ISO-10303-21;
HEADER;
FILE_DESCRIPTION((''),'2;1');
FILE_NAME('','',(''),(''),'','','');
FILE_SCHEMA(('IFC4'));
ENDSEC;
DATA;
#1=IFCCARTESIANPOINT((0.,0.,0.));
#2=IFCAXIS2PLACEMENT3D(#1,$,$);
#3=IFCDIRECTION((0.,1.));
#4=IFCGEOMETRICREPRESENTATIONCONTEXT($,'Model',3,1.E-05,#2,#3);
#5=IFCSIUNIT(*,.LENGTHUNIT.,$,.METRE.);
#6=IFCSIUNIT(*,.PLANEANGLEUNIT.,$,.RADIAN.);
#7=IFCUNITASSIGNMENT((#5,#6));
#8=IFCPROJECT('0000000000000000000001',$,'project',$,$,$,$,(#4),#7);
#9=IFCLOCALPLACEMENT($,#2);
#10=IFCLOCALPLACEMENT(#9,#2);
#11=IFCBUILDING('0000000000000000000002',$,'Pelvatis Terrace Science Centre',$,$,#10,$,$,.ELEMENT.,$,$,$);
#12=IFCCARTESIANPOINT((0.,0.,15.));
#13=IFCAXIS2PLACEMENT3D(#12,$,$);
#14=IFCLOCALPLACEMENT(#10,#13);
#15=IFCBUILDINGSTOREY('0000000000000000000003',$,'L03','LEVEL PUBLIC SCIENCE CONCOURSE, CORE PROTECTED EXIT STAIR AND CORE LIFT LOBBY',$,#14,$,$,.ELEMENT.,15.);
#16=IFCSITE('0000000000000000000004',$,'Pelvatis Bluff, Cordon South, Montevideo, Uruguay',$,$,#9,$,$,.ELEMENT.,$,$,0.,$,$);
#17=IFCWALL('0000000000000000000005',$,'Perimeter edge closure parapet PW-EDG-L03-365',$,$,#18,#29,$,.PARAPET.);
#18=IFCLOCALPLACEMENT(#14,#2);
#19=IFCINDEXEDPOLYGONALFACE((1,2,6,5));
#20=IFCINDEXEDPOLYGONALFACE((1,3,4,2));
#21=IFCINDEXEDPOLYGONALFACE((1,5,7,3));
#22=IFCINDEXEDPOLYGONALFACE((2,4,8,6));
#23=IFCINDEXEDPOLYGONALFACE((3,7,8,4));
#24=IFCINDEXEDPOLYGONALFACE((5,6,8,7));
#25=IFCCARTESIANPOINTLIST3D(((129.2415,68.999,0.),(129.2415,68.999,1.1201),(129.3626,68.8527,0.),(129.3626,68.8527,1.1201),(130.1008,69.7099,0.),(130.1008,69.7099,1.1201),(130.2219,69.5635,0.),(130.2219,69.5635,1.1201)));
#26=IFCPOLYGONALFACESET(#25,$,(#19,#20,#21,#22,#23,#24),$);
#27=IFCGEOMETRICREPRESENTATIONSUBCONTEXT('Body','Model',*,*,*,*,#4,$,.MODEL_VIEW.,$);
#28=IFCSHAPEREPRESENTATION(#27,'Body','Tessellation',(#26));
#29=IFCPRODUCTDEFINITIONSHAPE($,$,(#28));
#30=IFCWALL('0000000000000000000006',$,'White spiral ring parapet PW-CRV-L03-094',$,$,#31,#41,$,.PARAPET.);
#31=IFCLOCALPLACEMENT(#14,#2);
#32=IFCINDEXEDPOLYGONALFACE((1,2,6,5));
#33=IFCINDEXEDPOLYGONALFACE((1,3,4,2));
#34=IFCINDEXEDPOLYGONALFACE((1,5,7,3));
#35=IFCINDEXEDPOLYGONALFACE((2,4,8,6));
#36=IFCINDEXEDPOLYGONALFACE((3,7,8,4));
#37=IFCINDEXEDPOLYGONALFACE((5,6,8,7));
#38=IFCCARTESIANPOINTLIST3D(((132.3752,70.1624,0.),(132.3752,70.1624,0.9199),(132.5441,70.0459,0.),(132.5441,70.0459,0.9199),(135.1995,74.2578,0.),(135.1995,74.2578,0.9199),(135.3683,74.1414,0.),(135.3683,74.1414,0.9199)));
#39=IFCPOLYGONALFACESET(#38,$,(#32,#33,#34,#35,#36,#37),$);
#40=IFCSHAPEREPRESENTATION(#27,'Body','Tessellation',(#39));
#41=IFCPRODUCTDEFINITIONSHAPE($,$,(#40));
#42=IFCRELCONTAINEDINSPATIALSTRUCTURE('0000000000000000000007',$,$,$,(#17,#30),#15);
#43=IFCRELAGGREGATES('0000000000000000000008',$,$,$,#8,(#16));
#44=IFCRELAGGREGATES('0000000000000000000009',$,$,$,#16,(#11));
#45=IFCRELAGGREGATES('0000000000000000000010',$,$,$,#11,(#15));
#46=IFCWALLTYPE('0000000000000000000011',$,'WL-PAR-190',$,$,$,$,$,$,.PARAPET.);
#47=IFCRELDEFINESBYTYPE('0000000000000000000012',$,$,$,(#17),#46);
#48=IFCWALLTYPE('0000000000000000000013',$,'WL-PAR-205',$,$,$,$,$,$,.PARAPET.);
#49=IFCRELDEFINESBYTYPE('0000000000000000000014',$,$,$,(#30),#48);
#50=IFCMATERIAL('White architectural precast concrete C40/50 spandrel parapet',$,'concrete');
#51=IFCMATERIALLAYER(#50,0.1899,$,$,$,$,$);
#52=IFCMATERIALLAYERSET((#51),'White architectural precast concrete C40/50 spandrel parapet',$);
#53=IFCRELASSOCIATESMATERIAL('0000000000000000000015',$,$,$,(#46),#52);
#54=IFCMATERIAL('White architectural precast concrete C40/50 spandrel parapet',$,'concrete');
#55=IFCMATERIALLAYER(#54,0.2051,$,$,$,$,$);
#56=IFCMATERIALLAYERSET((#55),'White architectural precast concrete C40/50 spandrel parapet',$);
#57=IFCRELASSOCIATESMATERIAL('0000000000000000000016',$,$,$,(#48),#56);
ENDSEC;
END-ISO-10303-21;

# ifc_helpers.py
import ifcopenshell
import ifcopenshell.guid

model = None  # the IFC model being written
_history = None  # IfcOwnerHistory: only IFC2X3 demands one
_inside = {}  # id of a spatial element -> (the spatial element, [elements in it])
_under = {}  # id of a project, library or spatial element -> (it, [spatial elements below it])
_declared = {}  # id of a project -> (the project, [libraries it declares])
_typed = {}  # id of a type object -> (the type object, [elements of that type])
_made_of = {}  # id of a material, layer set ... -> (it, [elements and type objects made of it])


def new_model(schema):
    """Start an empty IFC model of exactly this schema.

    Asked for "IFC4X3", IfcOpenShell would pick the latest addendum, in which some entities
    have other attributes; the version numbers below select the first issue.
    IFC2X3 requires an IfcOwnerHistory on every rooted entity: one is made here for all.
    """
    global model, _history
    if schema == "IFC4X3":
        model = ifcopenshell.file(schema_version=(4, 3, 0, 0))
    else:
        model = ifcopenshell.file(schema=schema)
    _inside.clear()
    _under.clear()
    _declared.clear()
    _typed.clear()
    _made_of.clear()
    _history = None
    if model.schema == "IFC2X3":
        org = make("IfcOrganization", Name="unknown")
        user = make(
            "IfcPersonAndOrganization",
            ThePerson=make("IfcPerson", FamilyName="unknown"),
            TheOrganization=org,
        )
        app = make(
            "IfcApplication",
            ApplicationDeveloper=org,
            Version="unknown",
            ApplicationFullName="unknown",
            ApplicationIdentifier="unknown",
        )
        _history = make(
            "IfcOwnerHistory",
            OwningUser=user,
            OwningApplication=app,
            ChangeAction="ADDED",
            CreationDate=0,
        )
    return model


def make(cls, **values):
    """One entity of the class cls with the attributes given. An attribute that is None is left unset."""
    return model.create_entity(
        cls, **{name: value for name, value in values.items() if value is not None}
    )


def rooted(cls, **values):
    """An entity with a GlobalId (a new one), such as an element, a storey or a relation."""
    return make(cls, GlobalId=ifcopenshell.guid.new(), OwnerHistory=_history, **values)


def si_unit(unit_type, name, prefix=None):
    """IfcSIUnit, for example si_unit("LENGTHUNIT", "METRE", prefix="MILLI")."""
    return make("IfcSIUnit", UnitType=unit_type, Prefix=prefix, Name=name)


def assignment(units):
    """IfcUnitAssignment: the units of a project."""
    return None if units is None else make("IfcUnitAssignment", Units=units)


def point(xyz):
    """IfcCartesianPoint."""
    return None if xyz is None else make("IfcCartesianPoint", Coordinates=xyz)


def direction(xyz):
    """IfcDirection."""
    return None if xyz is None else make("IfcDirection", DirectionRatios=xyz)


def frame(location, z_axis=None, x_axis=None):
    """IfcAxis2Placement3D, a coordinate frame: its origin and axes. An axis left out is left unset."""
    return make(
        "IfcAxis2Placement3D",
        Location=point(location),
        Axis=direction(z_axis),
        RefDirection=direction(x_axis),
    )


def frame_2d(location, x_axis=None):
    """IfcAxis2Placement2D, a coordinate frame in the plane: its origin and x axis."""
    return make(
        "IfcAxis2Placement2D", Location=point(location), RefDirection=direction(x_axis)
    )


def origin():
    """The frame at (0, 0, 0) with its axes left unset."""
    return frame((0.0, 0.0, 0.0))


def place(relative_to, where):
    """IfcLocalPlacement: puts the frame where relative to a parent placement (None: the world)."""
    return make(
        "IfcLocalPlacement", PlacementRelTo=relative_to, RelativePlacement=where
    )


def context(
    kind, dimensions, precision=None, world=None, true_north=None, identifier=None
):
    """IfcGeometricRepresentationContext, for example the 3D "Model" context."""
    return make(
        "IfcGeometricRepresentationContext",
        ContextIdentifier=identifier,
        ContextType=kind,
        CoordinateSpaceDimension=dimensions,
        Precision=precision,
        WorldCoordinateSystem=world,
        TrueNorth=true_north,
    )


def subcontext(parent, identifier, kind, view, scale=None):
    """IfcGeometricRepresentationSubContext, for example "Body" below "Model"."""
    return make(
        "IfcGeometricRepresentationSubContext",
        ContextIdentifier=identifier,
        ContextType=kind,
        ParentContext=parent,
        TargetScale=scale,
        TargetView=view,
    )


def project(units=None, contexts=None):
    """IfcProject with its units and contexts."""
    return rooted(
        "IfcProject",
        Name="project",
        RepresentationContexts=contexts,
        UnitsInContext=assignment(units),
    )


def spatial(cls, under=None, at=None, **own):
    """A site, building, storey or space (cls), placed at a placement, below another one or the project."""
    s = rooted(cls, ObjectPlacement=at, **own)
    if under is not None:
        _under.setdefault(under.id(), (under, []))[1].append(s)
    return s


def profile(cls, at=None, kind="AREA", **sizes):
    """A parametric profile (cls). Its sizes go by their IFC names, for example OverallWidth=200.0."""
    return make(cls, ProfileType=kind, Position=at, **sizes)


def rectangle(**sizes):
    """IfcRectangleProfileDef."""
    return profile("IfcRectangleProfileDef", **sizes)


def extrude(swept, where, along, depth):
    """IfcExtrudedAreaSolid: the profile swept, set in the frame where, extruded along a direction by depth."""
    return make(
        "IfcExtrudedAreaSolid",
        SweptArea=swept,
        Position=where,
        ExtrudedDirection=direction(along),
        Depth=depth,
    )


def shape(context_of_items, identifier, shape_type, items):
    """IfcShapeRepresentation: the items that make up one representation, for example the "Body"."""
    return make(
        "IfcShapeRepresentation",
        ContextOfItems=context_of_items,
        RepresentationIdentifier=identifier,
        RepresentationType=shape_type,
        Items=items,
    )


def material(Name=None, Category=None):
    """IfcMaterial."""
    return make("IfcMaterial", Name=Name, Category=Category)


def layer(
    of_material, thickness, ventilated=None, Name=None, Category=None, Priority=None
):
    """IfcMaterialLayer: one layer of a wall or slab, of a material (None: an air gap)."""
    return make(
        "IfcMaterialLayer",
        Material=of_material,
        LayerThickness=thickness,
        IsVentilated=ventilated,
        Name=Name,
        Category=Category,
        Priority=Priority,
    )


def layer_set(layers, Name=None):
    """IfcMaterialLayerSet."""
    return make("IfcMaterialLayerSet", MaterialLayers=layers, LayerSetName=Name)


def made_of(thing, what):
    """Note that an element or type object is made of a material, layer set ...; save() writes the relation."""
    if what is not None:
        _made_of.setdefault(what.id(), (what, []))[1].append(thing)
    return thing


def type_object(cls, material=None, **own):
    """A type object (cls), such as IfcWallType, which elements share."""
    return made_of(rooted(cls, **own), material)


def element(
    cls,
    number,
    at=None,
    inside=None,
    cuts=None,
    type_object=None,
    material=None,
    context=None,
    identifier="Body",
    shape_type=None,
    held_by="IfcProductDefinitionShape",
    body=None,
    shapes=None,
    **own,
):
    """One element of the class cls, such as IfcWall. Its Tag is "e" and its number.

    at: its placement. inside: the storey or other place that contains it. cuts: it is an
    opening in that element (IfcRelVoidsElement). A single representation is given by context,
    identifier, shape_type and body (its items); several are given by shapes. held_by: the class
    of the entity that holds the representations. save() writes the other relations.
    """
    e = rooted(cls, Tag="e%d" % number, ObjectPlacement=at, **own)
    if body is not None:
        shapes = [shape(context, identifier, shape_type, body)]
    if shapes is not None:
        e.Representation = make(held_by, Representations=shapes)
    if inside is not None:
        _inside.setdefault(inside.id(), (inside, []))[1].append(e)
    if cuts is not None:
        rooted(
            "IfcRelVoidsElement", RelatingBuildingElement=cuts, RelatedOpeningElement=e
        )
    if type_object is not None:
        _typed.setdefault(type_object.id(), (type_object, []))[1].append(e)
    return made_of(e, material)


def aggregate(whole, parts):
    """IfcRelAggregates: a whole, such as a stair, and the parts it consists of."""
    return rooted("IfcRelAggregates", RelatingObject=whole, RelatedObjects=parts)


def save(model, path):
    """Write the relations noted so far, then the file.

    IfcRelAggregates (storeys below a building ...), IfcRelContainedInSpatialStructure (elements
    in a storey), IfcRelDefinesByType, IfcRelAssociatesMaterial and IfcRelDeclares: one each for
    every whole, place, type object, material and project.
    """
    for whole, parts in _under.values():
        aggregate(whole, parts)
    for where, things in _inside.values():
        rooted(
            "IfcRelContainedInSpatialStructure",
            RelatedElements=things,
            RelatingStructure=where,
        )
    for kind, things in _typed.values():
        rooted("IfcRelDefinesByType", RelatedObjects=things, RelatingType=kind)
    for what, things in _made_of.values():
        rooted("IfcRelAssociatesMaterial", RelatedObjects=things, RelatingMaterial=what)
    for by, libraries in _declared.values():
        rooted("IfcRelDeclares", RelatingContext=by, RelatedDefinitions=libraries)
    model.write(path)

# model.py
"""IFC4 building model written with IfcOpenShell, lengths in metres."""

from ifc_helpers import new_model, si_unit, direction, frame, frame_2d, origin, place, context, subcontext, project, spatial, rectangle, extrude, material, layer, layer_set, type_object, element, save


model = new_model("IFC4")

# Units and contexts
model_context = context("Model", 3, precision=1e-05, world=origin(), true_north=direction((0.0, 1.0)))
body_context = subcontext(model_context, "Body", "Model", "MODEL_VIEW")
ifc_project = project(units=[si_unit("LENGTHUNIT", "METRE"), si_unit("PLANEANGLEUNIT", "RADIAN")], contexts=[model_context])

# Site, building, storey
site_placement = place(None, origin())
site = spatial("IfcSite", under=ifc_project, at=site_placement, Name="Pelvatis Bluff, Cordon South, Montevideo, Uruguay", CompositionType="ELEMENT", RefElevation=0.0)
building_placement = place(site_placement, origin())
building = spatial("IfcBuilding", under=site, at=building_placement, Name="Pelvatis Terrace Science Centre", CompositionType="ELEMENT")
storey_placement = place(building_placement, frame((0.0, 0.0, 15.0)))
storey = spatial("IfcBuildingStorey", under=building, at=storey_placement, Name="L03", Description="LEVEL PUBLIC SCIENCE CONCOURSE, CORE PROTECTED EXIT STAIR AND CORE LIFT LOBBY", CompositionType="ELEMENT", Elevation=15.0)

# Walls
ifc_material_1 = material(Name="White architectural precast concrete C40/50 spandrel parapet", Category="concrete")
ifc_layer_1 = layer(ifc_material_1, 0.1899)
ifc_layer_set_1 = layer_set([ifc_layer_1], Name="White architectural precast concrete C40/50 spandrel parapet")
wall_type_1 = type_object("IfcWallType", Name="WL-PAR-190", PredefinedType="PARAPET", material=ifc_layer_set_1)
wall_1_placement = place(storey_placement, frame((130.1614, 69.6367, 0.0), z_axis=(0.0, 0.0, 1.0), x_axis=(-0.770513, -0.637424, 0.0)))
element("IfcWall", 1, at=wall_1_placement, inside=storey, type_object=wall_type_1, Name="Perimeter edge closure parapet PW-EDG-L03-365", PredefinedType="PARAPET", context=body_context, shape_type="SweptSolid", body=[
    extrude(rectangle(XDim=1.1152, YDim=0.1899, at=frame_2d((0.5576, 0.0))), origin(), (0.0, 0.0, 1.0), 1.1201),
])
ifc_material_2 = material(Name="White architectural precast concrete C40/50 spandrel parapet", Category="concrete")
ifc_layer_2 = layer(ifc_material_2, 0.2051)
ifc_layer_set_2 = layer_set([ifc_layer_2], Name="White architectural precast concrete C40/50 spandrel parapet")
wall_type_2 = type_object("IfcWallType", Name="WL-PAR-205", PredefinedType="PARAPET", material=ifc_layer_set_2)
wall_2_placement = place(storey_placement, frame((132.4597, 70.1042, 0.0), z_axis=(0.0, 0.0, 1.0), x_axis=(0.567701, 0.823235, 0.0)))
element("IfcWall", 2, at=wall_2_placement, inside=storey, type_object=wall_type_2, Name="White spiral ring parapet PW-CRV-L03-094", PredefinedType="PARAPET", context=body_context, shape_type="SweptSolid", body=[
    extrude(rectangle(XDim=4.9749, YDim=0.2051, at=frame_2d((2.4873, 0.0))), origin(), (0.0, 0.0, 1.0), 0.9199),
])

save(model, "model.ifc")
